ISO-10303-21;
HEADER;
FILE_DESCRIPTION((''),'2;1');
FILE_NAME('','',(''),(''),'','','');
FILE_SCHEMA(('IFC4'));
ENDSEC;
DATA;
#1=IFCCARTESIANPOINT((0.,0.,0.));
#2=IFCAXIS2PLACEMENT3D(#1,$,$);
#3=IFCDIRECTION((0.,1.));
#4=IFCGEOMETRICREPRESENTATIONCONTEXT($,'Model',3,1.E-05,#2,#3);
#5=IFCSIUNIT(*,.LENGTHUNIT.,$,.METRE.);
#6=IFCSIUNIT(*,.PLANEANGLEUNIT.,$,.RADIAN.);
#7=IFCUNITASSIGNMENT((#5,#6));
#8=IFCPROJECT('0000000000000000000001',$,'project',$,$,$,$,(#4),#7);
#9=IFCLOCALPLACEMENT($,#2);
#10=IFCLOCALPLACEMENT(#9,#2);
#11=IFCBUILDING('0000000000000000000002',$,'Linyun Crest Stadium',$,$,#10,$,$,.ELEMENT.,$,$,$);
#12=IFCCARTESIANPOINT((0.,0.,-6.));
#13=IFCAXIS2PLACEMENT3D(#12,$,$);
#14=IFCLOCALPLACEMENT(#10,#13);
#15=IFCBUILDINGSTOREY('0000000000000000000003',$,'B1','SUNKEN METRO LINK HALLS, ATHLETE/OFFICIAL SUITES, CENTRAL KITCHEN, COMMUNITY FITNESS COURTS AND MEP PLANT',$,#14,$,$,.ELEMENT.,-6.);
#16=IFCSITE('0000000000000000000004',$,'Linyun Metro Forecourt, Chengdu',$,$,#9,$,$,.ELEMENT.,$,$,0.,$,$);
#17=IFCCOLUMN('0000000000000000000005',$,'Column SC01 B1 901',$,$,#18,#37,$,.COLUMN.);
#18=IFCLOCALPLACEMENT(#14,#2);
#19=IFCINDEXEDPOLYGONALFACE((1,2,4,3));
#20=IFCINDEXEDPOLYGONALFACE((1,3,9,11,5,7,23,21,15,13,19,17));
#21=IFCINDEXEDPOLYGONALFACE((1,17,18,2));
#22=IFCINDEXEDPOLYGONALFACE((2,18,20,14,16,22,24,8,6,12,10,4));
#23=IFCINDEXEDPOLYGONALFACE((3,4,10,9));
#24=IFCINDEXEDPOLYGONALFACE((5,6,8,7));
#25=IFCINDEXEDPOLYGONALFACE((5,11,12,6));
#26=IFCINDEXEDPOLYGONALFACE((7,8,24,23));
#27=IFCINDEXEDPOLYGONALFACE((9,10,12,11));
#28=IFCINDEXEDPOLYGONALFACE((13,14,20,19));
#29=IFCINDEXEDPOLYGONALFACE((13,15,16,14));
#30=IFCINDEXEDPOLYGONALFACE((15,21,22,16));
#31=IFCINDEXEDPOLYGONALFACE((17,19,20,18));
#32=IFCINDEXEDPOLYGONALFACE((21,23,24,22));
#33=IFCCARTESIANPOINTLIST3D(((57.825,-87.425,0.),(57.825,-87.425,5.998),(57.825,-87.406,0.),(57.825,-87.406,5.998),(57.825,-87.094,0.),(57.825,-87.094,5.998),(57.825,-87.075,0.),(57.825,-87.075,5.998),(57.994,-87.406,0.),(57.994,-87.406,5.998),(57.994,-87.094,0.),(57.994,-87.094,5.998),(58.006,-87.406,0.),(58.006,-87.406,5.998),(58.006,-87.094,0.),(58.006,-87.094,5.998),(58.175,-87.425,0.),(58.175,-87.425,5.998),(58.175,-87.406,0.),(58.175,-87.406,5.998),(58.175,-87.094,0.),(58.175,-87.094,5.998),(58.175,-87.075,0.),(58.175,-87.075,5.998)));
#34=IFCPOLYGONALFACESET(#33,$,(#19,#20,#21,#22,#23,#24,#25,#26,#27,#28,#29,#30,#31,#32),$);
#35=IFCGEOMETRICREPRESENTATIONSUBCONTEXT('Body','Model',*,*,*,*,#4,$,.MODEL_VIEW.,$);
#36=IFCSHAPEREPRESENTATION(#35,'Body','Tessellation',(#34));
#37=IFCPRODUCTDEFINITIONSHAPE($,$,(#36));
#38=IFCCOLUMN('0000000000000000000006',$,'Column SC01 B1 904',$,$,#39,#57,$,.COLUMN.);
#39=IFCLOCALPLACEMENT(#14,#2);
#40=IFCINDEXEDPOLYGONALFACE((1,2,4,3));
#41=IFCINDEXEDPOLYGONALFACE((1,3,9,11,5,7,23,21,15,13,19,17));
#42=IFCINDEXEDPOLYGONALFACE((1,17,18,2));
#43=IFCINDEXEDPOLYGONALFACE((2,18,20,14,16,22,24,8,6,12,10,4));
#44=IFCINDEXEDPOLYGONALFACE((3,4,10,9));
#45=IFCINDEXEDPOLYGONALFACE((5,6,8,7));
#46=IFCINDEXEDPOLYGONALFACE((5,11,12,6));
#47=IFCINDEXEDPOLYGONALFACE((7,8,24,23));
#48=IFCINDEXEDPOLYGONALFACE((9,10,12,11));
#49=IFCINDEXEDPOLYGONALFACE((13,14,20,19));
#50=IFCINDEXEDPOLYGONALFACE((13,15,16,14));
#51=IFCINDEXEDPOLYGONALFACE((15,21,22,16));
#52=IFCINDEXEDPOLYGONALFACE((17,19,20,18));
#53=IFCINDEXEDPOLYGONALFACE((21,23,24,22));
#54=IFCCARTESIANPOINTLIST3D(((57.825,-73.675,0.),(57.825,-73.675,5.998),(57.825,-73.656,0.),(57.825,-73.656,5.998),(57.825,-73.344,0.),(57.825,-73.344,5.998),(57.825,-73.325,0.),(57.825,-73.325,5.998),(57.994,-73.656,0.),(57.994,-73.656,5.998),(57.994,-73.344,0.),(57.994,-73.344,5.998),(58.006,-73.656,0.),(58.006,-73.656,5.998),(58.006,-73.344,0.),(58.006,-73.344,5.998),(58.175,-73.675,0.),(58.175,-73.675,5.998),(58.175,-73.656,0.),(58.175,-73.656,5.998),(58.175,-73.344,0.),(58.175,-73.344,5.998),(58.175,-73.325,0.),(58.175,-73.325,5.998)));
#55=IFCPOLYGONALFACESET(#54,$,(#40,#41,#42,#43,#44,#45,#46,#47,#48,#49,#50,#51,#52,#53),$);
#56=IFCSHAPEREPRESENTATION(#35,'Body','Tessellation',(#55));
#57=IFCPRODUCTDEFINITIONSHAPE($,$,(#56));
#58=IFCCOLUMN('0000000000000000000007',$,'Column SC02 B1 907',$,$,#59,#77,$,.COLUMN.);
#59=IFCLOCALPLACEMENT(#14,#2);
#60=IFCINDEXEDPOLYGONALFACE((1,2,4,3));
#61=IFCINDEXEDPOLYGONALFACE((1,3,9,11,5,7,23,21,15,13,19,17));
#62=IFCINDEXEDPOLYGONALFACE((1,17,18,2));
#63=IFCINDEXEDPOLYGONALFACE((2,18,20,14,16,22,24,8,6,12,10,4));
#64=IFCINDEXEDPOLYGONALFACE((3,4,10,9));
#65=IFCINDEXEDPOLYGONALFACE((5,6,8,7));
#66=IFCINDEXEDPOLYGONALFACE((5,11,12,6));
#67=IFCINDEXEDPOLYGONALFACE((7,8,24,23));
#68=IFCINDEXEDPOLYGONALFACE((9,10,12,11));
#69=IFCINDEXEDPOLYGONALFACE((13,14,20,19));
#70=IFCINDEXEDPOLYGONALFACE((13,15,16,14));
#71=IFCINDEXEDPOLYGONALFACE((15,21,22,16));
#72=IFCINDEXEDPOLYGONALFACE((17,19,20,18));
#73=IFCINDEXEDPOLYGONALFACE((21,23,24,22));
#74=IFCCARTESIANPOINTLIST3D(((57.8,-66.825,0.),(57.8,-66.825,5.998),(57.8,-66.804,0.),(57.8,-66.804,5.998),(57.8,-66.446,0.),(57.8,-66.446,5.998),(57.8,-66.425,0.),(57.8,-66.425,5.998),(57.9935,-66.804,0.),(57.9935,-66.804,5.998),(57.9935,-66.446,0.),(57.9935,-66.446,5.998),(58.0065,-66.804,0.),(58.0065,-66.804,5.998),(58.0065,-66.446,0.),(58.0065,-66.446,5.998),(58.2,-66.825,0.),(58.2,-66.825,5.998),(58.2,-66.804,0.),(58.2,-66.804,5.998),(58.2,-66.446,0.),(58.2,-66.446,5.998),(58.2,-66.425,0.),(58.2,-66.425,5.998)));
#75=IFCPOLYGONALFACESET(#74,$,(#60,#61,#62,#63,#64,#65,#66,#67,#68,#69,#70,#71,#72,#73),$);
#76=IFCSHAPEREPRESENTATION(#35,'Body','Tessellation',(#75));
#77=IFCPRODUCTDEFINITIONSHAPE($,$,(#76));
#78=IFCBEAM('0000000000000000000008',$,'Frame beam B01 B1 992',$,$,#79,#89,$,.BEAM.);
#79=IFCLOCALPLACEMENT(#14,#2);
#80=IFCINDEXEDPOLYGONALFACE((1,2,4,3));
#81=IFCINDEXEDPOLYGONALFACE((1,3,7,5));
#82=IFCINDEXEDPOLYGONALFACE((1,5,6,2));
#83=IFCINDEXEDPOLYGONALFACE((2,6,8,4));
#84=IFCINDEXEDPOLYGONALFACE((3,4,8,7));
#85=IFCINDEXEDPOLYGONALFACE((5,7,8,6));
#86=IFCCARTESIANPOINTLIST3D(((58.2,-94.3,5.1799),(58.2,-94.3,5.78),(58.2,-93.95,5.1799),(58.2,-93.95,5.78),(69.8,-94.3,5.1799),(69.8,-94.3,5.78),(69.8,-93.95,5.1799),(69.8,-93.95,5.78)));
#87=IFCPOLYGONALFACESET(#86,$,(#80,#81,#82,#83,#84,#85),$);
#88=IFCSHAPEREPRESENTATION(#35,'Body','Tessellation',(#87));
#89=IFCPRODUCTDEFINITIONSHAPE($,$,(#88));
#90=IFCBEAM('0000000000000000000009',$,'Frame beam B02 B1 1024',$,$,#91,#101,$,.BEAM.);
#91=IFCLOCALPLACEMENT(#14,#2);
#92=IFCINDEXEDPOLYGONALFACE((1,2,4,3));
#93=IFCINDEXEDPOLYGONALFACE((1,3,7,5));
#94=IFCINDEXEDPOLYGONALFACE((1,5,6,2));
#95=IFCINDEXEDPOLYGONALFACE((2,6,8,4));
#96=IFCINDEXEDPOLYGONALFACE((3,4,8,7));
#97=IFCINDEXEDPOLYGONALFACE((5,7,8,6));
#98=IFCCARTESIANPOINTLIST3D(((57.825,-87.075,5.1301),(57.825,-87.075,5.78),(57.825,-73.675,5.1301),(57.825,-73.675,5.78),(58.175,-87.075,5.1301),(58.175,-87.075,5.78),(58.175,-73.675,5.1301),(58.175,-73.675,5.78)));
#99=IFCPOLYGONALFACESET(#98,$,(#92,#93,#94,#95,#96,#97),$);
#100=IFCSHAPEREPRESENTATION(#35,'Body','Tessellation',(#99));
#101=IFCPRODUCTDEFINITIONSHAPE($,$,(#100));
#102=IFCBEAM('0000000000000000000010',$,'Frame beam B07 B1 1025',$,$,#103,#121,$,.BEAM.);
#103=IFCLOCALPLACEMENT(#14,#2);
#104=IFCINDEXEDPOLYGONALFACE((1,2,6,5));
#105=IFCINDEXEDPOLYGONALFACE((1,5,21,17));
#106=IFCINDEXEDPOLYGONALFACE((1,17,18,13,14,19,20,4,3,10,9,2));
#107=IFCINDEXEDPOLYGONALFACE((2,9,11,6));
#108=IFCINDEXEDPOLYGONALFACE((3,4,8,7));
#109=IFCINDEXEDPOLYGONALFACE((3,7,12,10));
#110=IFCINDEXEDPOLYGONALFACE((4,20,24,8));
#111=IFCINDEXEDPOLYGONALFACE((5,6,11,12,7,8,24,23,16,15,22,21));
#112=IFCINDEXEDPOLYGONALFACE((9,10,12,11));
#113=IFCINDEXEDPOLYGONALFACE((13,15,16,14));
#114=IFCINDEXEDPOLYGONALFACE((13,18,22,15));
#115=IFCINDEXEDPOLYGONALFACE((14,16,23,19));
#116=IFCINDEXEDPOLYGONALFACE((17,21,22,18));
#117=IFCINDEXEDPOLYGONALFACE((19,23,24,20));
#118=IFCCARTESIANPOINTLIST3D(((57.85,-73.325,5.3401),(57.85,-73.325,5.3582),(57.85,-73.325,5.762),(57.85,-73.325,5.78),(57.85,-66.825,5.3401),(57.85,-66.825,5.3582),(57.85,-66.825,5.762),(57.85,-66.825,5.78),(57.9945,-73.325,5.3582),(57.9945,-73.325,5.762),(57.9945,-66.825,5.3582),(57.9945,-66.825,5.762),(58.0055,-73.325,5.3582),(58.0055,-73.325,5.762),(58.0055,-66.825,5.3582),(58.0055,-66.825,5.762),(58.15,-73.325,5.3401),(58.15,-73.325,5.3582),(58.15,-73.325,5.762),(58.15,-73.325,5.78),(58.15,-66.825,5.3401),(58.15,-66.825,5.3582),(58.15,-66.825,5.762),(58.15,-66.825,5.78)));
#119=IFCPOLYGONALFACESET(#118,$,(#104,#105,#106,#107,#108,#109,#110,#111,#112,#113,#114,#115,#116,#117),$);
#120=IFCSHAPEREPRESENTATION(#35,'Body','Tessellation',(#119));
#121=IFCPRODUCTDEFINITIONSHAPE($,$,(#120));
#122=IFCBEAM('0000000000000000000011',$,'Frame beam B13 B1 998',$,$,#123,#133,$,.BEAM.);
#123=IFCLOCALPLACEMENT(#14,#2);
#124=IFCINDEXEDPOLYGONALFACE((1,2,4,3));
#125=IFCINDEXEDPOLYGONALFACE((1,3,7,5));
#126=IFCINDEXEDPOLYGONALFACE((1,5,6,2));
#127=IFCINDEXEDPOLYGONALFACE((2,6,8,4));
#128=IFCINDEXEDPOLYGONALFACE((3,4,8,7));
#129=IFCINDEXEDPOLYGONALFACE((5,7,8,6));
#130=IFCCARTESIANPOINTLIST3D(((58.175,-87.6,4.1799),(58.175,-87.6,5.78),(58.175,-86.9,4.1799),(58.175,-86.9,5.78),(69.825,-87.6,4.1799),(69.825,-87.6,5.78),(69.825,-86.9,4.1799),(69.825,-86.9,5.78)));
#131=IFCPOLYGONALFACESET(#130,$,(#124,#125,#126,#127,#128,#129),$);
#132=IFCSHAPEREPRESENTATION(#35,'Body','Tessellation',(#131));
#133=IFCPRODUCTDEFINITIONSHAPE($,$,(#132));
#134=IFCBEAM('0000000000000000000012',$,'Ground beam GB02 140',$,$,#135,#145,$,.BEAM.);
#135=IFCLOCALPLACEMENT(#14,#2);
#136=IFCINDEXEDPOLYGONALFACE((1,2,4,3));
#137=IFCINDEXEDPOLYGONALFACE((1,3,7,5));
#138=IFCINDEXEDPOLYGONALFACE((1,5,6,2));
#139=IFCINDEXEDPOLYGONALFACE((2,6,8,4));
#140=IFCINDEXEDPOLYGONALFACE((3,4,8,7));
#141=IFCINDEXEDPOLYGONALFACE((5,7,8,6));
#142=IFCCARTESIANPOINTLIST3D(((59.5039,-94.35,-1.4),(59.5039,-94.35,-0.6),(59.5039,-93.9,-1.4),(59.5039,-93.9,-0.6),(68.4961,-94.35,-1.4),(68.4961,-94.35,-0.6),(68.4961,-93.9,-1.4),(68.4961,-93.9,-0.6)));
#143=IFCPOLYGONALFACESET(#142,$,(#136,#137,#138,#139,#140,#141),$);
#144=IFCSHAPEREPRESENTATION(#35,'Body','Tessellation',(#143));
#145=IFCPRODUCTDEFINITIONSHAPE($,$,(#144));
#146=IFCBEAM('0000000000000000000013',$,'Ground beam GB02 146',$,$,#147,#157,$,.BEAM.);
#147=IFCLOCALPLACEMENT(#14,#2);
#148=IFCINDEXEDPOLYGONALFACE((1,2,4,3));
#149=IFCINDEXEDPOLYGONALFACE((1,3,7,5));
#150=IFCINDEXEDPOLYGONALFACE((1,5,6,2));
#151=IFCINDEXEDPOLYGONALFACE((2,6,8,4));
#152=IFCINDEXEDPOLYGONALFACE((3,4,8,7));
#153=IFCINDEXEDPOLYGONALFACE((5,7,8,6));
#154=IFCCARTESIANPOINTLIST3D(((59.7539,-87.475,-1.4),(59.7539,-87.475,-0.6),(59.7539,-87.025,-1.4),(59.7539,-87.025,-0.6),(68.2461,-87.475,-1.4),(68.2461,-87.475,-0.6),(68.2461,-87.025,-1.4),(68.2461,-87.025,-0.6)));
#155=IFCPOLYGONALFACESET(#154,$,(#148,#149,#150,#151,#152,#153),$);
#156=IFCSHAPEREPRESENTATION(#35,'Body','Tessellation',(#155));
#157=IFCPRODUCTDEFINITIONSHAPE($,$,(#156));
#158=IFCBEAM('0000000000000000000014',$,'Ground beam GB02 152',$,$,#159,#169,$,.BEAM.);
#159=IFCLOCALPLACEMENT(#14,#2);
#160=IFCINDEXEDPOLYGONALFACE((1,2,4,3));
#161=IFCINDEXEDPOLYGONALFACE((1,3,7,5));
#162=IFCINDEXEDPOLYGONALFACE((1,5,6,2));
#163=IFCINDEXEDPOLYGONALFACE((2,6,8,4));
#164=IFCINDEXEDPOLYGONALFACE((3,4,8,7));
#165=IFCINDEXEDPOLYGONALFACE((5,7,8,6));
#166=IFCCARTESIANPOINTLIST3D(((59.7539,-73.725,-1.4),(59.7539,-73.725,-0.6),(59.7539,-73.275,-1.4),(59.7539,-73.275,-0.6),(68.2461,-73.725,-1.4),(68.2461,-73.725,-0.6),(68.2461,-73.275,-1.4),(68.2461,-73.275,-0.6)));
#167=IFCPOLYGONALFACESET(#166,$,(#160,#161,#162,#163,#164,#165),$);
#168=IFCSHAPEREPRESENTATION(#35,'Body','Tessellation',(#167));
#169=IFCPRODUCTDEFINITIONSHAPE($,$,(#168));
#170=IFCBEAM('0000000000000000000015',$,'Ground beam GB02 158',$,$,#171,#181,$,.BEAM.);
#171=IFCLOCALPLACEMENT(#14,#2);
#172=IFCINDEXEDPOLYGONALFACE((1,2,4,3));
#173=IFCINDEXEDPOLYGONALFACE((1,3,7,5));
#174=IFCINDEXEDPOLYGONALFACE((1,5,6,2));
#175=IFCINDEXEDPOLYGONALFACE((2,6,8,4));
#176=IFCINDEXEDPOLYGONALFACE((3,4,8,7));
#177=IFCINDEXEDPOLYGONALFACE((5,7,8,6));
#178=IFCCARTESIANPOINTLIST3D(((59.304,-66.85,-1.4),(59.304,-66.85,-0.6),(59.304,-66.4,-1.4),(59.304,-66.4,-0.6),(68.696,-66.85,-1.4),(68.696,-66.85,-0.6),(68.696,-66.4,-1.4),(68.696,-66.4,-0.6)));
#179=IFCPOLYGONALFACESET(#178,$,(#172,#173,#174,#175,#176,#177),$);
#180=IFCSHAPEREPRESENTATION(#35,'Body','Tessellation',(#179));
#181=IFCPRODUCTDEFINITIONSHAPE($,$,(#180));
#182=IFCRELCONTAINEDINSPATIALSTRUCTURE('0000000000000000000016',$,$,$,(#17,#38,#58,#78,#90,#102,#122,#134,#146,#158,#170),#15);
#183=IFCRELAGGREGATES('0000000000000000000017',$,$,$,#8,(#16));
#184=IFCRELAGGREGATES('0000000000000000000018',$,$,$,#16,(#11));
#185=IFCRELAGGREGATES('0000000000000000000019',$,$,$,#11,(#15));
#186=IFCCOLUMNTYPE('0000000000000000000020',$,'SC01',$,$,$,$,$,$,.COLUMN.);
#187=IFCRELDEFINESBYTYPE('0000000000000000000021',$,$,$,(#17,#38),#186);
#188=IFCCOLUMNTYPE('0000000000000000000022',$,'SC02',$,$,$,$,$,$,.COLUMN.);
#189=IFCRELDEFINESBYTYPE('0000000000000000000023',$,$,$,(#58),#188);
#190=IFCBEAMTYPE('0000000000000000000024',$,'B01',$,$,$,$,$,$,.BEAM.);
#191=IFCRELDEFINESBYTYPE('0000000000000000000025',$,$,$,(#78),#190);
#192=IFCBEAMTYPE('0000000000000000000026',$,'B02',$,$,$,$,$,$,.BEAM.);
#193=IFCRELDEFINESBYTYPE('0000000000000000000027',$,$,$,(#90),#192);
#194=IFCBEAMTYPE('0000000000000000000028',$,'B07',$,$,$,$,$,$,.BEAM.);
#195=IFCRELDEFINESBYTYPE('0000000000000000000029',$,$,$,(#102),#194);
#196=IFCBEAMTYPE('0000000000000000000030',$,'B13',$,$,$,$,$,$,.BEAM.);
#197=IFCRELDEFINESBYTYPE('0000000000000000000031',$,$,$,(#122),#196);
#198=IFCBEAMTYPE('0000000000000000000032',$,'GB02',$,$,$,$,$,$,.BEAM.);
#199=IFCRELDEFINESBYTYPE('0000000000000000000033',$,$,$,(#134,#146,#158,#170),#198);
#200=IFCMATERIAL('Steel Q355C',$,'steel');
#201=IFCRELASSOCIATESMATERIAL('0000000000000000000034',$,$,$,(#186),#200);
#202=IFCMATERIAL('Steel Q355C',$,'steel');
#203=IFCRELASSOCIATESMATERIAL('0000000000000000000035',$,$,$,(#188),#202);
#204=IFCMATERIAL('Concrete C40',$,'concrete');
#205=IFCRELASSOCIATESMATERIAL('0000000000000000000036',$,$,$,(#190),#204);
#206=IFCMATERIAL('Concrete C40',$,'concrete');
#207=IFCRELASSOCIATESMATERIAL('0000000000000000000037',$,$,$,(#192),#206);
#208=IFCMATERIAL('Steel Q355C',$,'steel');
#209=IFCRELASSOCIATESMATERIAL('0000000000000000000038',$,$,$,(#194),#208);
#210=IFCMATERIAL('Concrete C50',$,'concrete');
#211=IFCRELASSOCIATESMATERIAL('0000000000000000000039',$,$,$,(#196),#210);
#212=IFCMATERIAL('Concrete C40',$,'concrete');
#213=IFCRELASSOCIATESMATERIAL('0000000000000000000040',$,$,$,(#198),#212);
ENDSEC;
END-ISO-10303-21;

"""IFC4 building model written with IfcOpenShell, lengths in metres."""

from ifc_helpers import new_model, si_unit, direction, frame, origin, origin_2d, place, context, subcontext, project, spatial, rectangle, i_section, extrude, material, material_profile, profile_set, type_object, element, save


model = new_model("IFC4")

# Units and contexts
model_context = context("Model", 3, precision=1e-05, world=origin(), true_north=direction((0.0, 1.0)))
body_context = subcontext(model_context, "Body", "Model", "MODEL_VIEW")
ifc_project = project(units=[si_unit("LENGTHUNIT", "METRE"), si_unit("PLANEANGLEUNIT", "RADIAN")], contexts=[model_context])

# Site, building, storey
site_placement = place(None, origin())
site = spatial("IfcSite", under=ifc_project, at=site_placement, Name="Linyun Metro Forecourt, Chengdu", CompositionType="ELEMENT", RefElevation=0.0)
building_placement = place(site_placement, origin())
building = spatial("IfcBuilding", under=site, at=building_placement, Name="Linyun Crest Stadium", CompositionType="ELEMENT")
storey_placement = place(building_placement, frame((0.0, 0.0, -6.0)))
storey = spatial("IfcBuildingStorey", under=building, at=storey_placement, Name="B1", Description="SUNKEN METRO LINK HALLS, ATHLETE/OFFICIAL SUITES, CENTRAL KITCHEN, COMMUNITY FITNESS COURTS AND MEP PLANT", CompositionType="ELEMENT", Elevation=-6.0)

# Columns
ifc_material_1 = material(Name="Steel Q355C", Category="steel")
ifc_material_profile_1 = material_profile(ifc_material_1, i_section(OverallWidth=0.3501, OverallDepth=0.3501, WebThickness=0.012, FlangeThickness=0.019, at=origin_2d()), Name="HW 350x350")
ifc_profile_set_1 = profile_set([ifc_material_profile_1], Name="Steel Q355C")
column_type_1 = type_object("IfcColumnType", Name="SC01", PredefinedType="COLUMN", material=ifc_profile_set_1)
for number, where, z_axis, x_axis, name in (
    (1, (58.0, -87.25, 0.0), (0.0, 0.0, 1.0), (1.0, 0.0, 0.0), "Column SC01 B1 901"),
    (2, (58.0, -73.5, 0.0), (0.0, 0.0, 1.0), (1.0, 0.0, 0.0), "Column SC01 B1 904"),
):
    element("IfcColumn", number, at=place(storey_placement, frame(where, z_axis=z_axis, x_axis=x_axis)), inside=storey, type_object=column_type_1, Name=name, PredefinedType="COLUMN", context=body_context, shape_type="SweptSolid", body=[
        extrude(i_section(OverallWidth=0.3501, OverallDepth=0.3501, WebThickness=0.012, FlangeThickness=0.019, at=origin_2d()), origin(), (0.0, 0.0, 1.0), 5.998),
    ])
ifc_material_2 = material(Name="Steel Q355C", Category="steel")
ifc_material_profile_2 = material_profile(ifc_material_2, i_section(OverallWidth=0.3999, OverallDepth=0.3999, WebThickness=0.0129, FlangeThickness=0.021, at=origin_2d()), Name="HW 400x400")
ifc_profile_set_2 = profile_set([ifc_material_profile_2], Name="Steel Q355C")
column_type_2 = type_object("IfcColumnType", Name="SC02", PredefinedType="COLUMN", material=ifc_profile_set_2)
column_placement = place(storey_placement, frame((58.0, -66.625, 0.0), z_axis=(0.0, 0.0, 1.0), x_axis=(1.0, 0.0, 0.0)))
element("IfcColumn", 3, at=column_placement, inside=storey, type_object=column_type_2, Name="Column SC02 B1 907", PredefinedType="COLUMN", context=body_context, shape_type="SweptSolid", body=[
    extrude(i_section(OverallWidth=0.3999, OverallDepth=0.3999, WebThickness=0.0129, FlangeThickness=0.021, at=origin_2d()), origin(), (0.0, 0.0, 1.0), 5.998),
])

# Beams
ifc_material_3 = material(Name="Concrete C40", Category="concrete")
ifc_material_profile_3 = material_profile(ifc_material_3, rectangle(XDim=0.3501, YDim=0.6001, at=origin_2d()), Name="RCB 600x350")
ifc_profile_set_3 = profile_set([ifc_material_profile_3], Name="Concrete C40")
beam_type_1 = type_object("IfcBeamType", Name="B01", PredefinedType="BEAM", material=ifc_profile_set_3)
beam_1_placement = place(storey_placement, frame((58.2, -94.125, 5.48), z_axis=(1.0, 0.0, 0.0), x_axis=(0.0, 1.0, 0.0)))
element("IfcBeam", 4, at=beam_1_placement, inside=storey, type_object=beam_type_1, Name="Frame beam B01 B1 992", PredefinedType="BEAM", context=body_context, shape_type="SweptSolid", body=[
    extrude(rectangle(XDim=0.3501, YDim=0.6001, at=origin_2d()), origin(), (0.0, 0.0, 1.0), 11.6001),
])
ifc_material_4 = material(Name="Concrete C40", Category="concrete")
ifc_material_profile_4 = material_profile(ifc_material_4, rectangle(XDim=0.3501, YDim=0.6499, at=origin_2d()), Name="RCB 650x350")
ifc_profile_set_4 = profile_set([ifc_material_profile_4], Name="Concrete C40")
beam_type_2 = type_object("IfcBeamType", Name="B02", PredefinedType="BEAM", material=ifc_profile_set_4)
beam_2_placement = place(storey_placement, frame((58.0, -87.075, 5.4551), z_axis=(0.0, 1.0, 0.0), x_axis=(-1.0, 0.0, 0.0)))
element("IfcBeam", 5, at=beam_2_placement, inside=storey, type_object=beam_type_2, Name="Frame beam B02 B1 1024", PredefinedType="BEAM", context=body_context, shape_type="SweptSolid", body=[
    extrude(rectangle(XDim=0.3501, YDim=0.6499, at=origin_2d()), origin(), (0.0, 0.0, 1.0), 13.3999),
])
ifc_material_5 = material(Name="Steel Q355C", Category="steel")
ifc_material_profile_5 = material_profile(ifc_material_5, i_section(OverallWidth=0.3, OverallDepth=0.4399, WebThickness=0.011, FlangeThickness=0.0181, at=origin_2d()), Name="HM 440x300")
ifc_profile_set_5 = profile_set([ifc_material_profile_5], Name="Steel Q355C")
beam_type_3 = type_object("IfcBeamType", Name="B07", PredefinedType="BEAM", material=ifc_profile_set_5)
beam_3_placement = place(storey_placement, frame((58.0, -73.325, 5.5601), z_axis=(0.0, 1.0, 0.0), x_axis=(-1.0, 0.0, 0.0)))
element("IfcBeam", 6, at=beam_3_placement, inside=storey, type_object=beam_type_3, Name="Frame beam B07 B1 1025", PredefinedType="BEAM", context=body_context, shape_type="SweptSolid", body=[
    extrude(i_section(OverallWidth=0.3, OverallDepth=0.4399, WebThickness=0.011, FlangeThickness=0.0181, at=origin_2d()), origin(), (0.0, 0.0, 1.0), 6.5),
])
ifc_material_6 = material(Name="Concrete C50", Category="concrete")
ifc_material_profile_6 = material_profile(ifc_material_6, rectangle(XDim=0.7, YDim=1.6001, at=origin_2d()), Name="RCB 1600x700")
ifc_profile_set_6 = profile_set([ifc_material_profile_6], Name="Concrete C50")
beam_type_4 = type_object("IfcBeamType", Name="B13", PredefinedType="BEAM", material=ifc_profile_set_6)
beam_4_placement = place(storey_placement, frame((58.175, -87.25, 4.98), z_axis=(1.0, 0.0, 0.0), x_axis=(0.0, 1.0, 0.0)))
element("IfcBeam", 7, at=beam_4_placement, inside=storey, type_object=beam_type_4, Name="Frame beam B13 B1 998", PredefinedType="BEAM", context=body_context, shape_type="SweptSolid", body=[
    extrude(rectangle(XDim=0.7, YDim=1.6001, at=origin_2d()), origin(), (0.0, 0.0, 1.0), 11.6499),
])
ifc_material_7 = material(Name="Concrete C40", Category="concrete")
ifc_material_profile_7 = material_profile(ifc_material_7, rectangle(XDim=0.45, YDim=0.8, at=origin_2d()), Name="RCB 800x450")
ifc_profile_set_7 = profile_set([ifc_material_profile_7], Name="Concrete C40")
beam_type_5 = type_object("IfcBeamType", Name="GB02", PredefinedType="BEAM", material=ifc_profile_set_7)
beam_5_placement = place(storey_placement, frame((59.5039, -94.125, -1.0), z_axis=(1.0, 0.0, 0.0), x_axis=(0.0, 1.0, 0.0)))
element("IfcBeam", 8, at=beam_5_placement, inside=storey, type_object=beam_type_5, Name="Ground beam GB02 140", PredefinedType="BEAM", context=body_context, shape_type="SweptSolid", body=[
    extrude(rectangle(XDim=0.45, YDim=0.8, at=origin_2d()), origin(), (0.0, 0.0, 1.0), 8.9922),
])
for number, where, z_axis, x_axis, name in (
    (9, (59.7539, -87.25, -1.0), (1.0, 0.0, 0.0), (0.0, 1.0, 0.0), "Ground beam GB02 146"),
    (10, (59.7539, -73.5, -1.0), (1.0, 0.0, 0.0), (0.0, 1.0, 0.0), "Ground beam GB02 152"),
):
    element("IfcBeam", number, at=place(storey_placement, frame(where, z_axis=z_axis, x_axis=x_axis)), inside=storey, type_object=beam_type_5, Name=name, PredefinedType="BEAM", context=body_context, shape_type="SweptSolid", body=[
        extrude(rectangle(XDim=0.45, YDim=0.8, at=origin_2d()), origin(), (0.0, 0.0, 1.0), 8.4922),
    ])
beam_6_placement = place(storey_placement, frame((59.304, -66.625, -1.0), z_axis=(1.0, 0.0, 0.0), x_axis=(0.0, 1.0, 0.0)))
element("IfcBeam", 11, at=beam_6_placement, inside=storey, type_object=beam_type_5, Name="Ground beam GB02 158", PredefinedType="BEAM", context=body_context, shape_type="SweptSolid", body=[
    extrude(rectangle(XDim=0.45, YDim=0.8, at=origin_2d()), origin(), (0.0, 0.0, 1.0), 9.3921),
])

save(model, "model.ifc")
